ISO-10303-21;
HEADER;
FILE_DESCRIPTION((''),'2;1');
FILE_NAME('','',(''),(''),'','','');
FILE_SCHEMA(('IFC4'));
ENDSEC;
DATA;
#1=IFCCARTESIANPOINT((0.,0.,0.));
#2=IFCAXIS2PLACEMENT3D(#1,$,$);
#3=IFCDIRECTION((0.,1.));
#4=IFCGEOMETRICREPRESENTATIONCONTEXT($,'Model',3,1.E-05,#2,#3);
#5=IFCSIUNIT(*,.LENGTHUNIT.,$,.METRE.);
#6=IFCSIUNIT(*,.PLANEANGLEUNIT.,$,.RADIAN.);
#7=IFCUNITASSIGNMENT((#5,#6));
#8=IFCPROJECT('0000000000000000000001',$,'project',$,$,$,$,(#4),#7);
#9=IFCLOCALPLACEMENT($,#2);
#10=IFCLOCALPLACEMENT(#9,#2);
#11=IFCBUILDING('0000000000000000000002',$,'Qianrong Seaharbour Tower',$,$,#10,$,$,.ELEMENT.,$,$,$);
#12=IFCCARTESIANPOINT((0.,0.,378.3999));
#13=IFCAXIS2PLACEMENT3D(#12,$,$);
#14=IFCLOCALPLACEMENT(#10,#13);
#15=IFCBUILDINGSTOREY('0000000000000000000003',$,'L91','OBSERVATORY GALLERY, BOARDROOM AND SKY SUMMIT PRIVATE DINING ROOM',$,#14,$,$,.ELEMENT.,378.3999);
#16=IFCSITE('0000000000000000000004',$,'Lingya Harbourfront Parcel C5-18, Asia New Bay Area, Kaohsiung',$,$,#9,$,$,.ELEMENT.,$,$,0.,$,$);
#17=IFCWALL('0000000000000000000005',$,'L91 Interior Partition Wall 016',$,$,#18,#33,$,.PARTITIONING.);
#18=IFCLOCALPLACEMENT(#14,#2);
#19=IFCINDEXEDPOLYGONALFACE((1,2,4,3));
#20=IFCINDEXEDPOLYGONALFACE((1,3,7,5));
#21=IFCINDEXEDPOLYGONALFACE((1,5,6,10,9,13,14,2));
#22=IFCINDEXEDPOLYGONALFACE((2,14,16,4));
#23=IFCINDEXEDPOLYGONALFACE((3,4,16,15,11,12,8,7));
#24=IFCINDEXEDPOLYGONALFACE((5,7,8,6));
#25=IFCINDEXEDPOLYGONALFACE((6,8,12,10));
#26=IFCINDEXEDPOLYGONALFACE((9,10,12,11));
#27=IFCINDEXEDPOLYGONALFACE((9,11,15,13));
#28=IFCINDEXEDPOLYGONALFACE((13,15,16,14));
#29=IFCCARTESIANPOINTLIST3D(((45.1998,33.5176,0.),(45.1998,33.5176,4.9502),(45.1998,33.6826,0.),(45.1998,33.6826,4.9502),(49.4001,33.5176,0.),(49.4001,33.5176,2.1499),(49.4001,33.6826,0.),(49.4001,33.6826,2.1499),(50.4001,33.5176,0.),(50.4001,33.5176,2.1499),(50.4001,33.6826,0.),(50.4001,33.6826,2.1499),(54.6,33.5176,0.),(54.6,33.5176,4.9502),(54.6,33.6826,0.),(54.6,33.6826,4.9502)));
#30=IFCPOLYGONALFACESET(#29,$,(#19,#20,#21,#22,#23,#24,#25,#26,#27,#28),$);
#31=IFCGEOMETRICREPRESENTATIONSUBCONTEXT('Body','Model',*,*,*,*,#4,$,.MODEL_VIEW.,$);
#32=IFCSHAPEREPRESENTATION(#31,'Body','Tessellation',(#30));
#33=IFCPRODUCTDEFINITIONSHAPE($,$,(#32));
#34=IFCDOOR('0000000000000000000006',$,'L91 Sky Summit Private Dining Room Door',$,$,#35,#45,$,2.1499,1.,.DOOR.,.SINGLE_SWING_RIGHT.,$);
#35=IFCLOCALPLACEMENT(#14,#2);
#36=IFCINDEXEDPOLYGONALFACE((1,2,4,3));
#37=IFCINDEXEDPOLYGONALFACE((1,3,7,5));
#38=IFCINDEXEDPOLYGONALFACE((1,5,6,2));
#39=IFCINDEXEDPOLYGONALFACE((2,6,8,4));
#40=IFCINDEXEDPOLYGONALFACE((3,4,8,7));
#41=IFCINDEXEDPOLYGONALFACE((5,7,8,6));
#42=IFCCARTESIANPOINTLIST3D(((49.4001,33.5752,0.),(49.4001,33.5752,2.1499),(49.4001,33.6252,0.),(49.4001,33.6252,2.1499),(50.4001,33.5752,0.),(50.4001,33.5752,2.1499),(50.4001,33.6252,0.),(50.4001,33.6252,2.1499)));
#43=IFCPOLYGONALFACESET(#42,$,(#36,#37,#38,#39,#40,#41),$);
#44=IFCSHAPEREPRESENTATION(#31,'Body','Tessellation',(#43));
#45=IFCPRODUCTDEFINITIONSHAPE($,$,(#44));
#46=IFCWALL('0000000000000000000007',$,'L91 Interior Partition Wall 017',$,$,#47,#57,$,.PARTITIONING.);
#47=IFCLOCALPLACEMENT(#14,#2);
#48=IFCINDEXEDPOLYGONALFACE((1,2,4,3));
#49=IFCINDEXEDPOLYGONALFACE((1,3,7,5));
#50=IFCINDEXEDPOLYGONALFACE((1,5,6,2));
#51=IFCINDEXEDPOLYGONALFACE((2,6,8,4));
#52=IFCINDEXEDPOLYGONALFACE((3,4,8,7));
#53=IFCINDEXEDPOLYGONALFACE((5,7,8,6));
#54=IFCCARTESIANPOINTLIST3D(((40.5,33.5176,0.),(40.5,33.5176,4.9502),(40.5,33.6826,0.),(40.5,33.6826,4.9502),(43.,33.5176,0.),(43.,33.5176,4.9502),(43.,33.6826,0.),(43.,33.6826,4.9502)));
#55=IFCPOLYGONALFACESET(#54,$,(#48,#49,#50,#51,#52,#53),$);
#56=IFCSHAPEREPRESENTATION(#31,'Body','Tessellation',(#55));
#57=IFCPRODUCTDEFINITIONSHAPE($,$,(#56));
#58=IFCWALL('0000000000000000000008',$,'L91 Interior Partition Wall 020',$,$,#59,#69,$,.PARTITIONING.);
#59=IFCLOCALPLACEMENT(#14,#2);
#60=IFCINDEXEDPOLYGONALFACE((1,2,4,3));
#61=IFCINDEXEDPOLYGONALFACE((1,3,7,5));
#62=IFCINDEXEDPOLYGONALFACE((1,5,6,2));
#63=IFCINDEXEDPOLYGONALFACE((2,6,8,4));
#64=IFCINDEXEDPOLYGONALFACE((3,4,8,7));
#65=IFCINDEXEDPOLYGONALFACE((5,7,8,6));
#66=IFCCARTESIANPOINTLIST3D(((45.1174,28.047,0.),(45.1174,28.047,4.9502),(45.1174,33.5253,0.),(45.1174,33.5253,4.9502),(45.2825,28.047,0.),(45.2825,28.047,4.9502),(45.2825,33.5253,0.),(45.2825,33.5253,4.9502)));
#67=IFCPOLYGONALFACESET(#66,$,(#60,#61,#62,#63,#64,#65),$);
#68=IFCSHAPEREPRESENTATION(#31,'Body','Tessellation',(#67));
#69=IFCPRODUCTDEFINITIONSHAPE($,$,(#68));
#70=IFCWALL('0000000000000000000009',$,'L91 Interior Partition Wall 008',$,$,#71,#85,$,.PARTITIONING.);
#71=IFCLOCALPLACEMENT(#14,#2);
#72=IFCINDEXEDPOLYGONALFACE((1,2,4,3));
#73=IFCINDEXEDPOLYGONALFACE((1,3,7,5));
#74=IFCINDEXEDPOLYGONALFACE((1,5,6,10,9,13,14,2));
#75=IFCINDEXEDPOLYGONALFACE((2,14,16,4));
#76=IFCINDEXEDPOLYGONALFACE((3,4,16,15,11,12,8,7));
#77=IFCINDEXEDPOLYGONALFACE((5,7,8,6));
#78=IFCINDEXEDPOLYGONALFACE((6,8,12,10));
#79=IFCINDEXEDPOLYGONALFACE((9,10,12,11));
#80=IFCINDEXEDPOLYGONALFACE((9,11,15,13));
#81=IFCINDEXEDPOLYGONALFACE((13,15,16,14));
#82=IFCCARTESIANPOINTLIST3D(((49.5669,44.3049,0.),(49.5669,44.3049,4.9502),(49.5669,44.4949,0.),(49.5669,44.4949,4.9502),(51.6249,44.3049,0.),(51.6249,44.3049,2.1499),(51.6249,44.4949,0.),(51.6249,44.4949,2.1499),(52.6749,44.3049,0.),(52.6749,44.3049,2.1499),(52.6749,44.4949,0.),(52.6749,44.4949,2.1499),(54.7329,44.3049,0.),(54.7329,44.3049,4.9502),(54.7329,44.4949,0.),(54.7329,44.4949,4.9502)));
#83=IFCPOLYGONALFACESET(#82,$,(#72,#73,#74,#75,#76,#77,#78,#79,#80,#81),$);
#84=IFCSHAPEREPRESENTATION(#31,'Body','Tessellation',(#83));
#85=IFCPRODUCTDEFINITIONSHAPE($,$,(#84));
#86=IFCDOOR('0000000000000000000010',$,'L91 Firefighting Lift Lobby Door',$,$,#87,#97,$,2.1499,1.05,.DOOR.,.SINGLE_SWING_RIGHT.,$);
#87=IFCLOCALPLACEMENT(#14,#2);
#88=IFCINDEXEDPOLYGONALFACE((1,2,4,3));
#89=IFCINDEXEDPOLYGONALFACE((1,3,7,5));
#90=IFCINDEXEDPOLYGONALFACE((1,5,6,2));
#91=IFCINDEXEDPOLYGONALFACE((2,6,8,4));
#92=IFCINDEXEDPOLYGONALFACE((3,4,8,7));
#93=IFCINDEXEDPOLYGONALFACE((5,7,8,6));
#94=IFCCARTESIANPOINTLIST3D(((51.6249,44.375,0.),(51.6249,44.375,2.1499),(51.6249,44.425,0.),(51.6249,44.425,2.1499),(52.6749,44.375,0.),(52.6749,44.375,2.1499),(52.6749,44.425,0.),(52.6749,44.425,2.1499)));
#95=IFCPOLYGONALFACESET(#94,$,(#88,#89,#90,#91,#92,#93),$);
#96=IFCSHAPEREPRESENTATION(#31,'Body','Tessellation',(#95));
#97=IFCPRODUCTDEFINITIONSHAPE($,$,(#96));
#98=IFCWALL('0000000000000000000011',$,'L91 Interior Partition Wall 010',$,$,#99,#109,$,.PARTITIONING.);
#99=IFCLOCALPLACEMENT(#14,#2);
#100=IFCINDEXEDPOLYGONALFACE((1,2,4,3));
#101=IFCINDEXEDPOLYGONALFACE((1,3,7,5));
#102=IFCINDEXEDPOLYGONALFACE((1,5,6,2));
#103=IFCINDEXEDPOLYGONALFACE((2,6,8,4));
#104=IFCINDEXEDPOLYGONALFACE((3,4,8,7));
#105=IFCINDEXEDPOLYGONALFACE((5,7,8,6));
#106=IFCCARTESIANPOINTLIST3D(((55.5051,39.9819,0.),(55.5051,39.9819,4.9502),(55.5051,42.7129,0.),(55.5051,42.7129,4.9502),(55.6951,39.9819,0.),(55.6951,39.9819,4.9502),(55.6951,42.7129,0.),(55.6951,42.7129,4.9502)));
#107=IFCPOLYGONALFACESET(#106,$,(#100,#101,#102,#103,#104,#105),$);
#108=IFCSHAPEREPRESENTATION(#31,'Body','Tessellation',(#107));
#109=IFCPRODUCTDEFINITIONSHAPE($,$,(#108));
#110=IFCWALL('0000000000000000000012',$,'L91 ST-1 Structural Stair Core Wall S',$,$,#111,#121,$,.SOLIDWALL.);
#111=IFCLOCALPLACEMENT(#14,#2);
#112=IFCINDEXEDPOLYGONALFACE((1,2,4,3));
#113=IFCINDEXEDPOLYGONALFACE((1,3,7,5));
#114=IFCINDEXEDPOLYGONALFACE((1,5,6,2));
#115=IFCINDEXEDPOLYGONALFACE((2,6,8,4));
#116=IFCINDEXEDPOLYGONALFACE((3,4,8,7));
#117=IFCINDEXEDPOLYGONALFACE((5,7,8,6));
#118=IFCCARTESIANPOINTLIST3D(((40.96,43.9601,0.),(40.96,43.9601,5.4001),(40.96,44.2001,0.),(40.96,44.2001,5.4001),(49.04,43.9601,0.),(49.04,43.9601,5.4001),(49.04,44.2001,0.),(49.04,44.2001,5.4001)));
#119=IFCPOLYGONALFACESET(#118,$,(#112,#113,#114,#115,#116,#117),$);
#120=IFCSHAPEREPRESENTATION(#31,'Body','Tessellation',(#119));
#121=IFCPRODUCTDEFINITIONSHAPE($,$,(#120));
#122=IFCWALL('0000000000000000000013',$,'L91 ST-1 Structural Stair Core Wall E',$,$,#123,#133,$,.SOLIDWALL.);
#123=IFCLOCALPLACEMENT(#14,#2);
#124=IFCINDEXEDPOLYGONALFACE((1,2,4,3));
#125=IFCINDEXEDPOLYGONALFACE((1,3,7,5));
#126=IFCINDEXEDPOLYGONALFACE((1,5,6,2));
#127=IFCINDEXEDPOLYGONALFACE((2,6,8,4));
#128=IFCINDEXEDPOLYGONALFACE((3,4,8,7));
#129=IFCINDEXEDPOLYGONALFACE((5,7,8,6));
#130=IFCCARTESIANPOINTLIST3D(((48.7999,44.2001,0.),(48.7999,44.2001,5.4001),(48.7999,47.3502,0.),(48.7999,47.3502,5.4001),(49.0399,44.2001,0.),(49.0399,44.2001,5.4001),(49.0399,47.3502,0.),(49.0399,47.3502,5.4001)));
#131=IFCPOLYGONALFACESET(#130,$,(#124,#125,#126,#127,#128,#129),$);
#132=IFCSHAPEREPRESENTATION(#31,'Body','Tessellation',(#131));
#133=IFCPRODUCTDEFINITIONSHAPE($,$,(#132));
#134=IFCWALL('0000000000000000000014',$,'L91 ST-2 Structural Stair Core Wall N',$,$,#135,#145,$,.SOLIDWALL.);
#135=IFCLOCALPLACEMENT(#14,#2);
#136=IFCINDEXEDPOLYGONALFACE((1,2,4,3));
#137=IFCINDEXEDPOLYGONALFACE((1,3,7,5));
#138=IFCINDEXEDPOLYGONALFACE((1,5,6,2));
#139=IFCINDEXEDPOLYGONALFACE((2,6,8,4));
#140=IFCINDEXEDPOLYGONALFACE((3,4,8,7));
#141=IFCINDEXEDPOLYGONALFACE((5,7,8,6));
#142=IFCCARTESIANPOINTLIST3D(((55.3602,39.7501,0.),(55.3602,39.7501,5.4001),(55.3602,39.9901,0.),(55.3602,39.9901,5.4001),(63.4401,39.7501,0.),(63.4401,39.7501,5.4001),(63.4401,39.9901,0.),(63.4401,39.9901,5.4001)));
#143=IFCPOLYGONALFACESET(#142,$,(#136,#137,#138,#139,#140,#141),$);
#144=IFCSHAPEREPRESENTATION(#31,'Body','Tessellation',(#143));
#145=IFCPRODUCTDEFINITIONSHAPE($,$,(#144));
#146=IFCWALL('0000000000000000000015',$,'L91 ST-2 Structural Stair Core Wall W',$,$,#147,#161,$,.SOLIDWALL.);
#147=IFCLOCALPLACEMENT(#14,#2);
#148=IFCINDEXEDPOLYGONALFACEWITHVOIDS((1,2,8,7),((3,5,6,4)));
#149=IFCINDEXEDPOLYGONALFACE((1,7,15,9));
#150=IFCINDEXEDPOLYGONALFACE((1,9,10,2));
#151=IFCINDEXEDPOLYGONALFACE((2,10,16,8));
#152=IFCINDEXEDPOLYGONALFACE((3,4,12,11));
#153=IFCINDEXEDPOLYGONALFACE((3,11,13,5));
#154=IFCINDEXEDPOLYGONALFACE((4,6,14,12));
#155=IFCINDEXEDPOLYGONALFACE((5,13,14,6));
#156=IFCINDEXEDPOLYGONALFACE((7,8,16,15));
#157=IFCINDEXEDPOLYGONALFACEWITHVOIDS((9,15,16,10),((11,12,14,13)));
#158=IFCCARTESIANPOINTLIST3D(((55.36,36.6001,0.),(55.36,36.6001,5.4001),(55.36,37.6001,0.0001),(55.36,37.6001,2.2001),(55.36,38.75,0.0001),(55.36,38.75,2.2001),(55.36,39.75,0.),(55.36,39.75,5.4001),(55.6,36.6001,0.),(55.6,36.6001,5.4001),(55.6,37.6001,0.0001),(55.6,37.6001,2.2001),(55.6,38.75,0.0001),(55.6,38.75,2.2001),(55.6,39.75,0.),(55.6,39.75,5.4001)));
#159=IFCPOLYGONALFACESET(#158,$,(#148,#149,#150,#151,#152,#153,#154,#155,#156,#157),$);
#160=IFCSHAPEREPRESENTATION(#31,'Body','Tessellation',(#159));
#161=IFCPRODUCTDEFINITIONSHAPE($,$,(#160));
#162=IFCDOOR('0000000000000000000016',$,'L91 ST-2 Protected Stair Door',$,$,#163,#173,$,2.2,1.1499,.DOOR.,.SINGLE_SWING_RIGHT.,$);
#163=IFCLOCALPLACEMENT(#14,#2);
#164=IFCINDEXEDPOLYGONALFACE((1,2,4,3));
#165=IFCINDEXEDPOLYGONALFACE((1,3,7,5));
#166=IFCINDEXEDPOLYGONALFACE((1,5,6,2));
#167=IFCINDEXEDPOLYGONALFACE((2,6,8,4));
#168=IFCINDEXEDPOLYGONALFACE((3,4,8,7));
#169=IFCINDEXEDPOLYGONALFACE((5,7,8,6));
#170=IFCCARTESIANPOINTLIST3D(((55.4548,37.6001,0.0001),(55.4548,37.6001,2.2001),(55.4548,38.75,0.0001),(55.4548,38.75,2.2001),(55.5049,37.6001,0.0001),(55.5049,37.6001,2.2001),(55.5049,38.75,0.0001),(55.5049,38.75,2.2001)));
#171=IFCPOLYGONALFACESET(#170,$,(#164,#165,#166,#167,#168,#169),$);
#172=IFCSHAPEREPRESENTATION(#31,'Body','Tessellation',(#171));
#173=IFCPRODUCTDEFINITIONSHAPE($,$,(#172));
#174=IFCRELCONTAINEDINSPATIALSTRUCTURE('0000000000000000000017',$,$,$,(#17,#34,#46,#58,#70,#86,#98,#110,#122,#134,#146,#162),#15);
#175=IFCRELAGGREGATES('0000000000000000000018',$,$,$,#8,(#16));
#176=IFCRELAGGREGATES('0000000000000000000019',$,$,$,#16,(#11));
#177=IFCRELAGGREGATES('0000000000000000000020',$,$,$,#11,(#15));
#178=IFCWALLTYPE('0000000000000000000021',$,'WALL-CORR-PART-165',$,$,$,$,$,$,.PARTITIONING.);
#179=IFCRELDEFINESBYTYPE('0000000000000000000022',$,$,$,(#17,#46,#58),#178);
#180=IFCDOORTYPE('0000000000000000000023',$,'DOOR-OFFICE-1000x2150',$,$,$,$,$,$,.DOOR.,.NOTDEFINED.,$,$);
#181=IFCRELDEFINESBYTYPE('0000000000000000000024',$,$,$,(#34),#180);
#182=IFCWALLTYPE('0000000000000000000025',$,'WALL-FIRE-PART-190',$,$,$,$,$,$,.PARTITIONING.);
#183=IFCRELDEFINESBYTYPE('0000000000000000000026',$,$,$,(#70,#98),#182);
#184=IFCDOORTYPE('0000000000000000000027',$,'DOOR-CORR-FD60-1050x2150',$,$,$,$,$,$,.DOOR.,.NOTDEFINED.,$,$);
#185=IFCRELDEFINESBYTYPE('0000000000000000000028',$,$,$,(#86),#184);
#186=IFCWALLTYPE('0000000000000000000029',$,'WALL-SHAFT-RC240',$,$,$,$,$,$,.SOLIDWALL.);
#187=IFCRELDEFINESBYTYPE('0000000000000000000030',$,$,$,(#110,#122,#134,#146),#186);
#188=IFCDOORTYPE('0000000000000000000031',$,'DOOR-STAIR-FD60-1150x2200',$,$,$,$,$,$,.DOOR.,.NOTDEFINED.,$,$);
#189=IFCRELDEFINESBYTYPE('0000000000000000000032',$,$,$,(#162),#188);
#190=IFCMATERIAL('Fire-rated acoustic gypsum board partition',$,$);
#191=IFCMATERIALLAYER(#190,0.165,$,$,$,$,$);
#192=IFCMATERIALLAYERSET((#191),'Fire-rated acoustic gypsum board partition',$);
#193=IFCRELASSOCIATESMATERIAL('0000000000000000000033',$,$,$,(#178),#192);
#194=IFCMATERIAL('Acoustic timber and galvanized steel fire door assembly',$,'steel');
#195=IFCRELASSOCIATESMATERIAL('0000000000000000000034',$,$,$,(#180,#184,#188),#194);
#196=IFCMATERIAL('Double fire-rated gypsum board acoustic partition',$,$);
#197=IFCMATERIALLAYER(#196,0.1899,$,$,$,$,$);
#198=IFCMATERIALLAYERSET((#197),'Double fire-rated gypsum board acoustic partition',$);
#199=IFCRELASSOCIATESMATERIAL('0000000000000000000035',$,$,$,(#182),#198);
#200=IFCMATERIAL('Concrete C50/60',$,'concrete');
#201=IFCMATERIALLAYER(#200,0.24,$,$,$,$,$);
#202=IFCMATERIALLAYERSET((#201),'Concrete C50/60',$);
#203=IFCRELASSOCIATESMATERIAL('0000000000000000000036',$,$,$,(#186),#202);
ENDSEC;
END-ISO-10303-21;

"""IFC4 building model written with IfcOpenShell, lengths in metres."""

from ifc_helpers import new_model, si_unit, direction, frame, frame_2d, origin, place, context, subcontext, project, spatial, rectangle, extrude, material, layer, layer_set, type_object, element, fill, save


model = new_model("IFC4")

# Units and contexts
model_context = context("Model", 3, precision=1e-05, world=origin(), true_north=direction((0.0, 1.0)))
body_context = subcontext(model_context, "Body", "Model", "MODEL_VIEW")
ifc_project = project(units=[si_unit("LENGTHUNIT", "METRE"), si_unit("PLANEANGLEUNIT", "RADIAN")], contexts=[model_context])

# Site, building, storey
site_placement = place(None, origin())
site = spatial("IfcSite", under=ifc_project, at=site_placement, Name="Lingya Harbourfront Parcel C5-18, Asia New Bay Area, Kaohsiung", CompositionType="ELEMENT", RefElevation=0.0)
building_placement = place(site_placement, origin())
building = spatial("IfcBuilding", under=site, at=building_placement, Name="Qianrong Seaharbour Tower", CompositionType="ELEMENT")
storey_placement = place(building_placement, frame((0.0, 0.0, 378.3999)))
storey = spatial("IfcBuildingStorey", under=building, at=storey_placement, Name="L91", Description="OBSERVATORY GALLERY, BOARDROOM AND SKY SUMMIT PRIVATE DINING ROOM", CompositionType="ELEMENT", Elevation=378.3999)

# Shared definitions
ifc_material_1 = material(Name="Concrete C50/60", Category="concrete")

# Wall, opening, door
ifc_material_2 = material(Name="Fire-rated acoustic gypsum board partition")
ifc_layer_1 = layer(ifc_material_2, 0.165)
ifc_layer_set_1 = layer_set([ifc_layer_1], Name="Fire-rated acoustic gypsum board partition")
wall_type_1 = type_object("IfcWallType", Name="WALL-CORR-PART-165", PredefinedType="PARTITIONING", material=ifc_layer_set_1)
ifc_material_3 = material(Name="Acoustic timber and galvanized steel fire door assembly", Category="steel")
door_type_1 = type_object("IfcDoorType", Name="DOOR-OFFICE-1000x2150", OperationType="NOTDEFINED", PredefinedType="DOOR", material=ifc_material_3)
wall_1_placement = place(storey_placement, frame((54.6001, 33.6001, 0.0), z_axis=(0.0, 0.0, 1.0), x_axis=(-1.0, 0.0, 0.0)))
wall_1 = element("IfcWall", 1, at=wall_1_placement, inside=storey, type_object=wall_type_1, Name="L91 Interior Partition Wall 016", PredefinedType="PARTITIONING", context=body_context, shape_type="SweptSolid", body=[
    extrude(rectangle(XDim=9.4001, YDim=0.165, at=frame_2d((4.7002, 0.0))), origin(), (0.0, 0.0, 1.0), 4.9502),
])
opening_1_placement = place(wall_1_placement, frame((4.2, 0.0, 0.0)))
opening_1 = element("IfcOpeningElement", 2, at=opening_1_placement, cuts=wall_1, PredefinedType="OPENING", context=body_context, shape_type="SweptSolid", body=[
    extrude(rectangle(XDim=1.0, YDim=2.1499, at=frame_2d((0.5, 1.075))), frame((0.0, 0.0925, 0.0), z_axis=(0.0, -1.0, 0.0), x_axis=(1.0, 0.0, 0.0)), (0.0, 0.0, 1.0), 0.1851),
])
door_1_placement = place(opening_1_placement, origin())
door_1 = element("IfcDoor", 3, at=door_1_placement, inside=storey, type_object=door_type_1, Name="L91 Sky Summit Private Dining Room Door", OperationType="SINGLE_SWING_RIGHT", OverallHeight=2.1499, OverallWidth=1.0, PredefinedType="DOOR", context=body_context, shape_type="SweptSolid", body=[
    extrude(rectangle(XDim=1.0, YDim=2.1499, at=frame_2d((0.5, 1.075))), frame((0.0, 0.0249, 0.0), z_axis=(0.0, -1.0, 0.0), x_axis=(1.0, 0.0, 0.0)), (0.0, 0.0, 1.0), 0.05),
])
fill(opening_1, door_1)

# Walls
wall_2_placement = place(storey_placement, frame((43.0, 33.6001, 0.0), z_axis=(0.0, 0.0, 1.0), x_axis=(-1.0, 0.0, 0.0)))
element("IfcWall", 4, at=wall_2_placement, inside=storey, type_object=wall_type_1, Name="L91 Interior Partition Wall 017", PredefinedType="PARTITIONING", context=body_context, shape_type="SweptSolid", body=[
    extrude(rectangle(XDim=2.5, YDim=0.165, at=frame_2d((1.25, 0.0))), origin(), (0.0, 0.0, 1.0), 4.9502),
])
wall_3_placement = place(storey_placement, frame((45.2, 33.5254, 0.0), z_axis=(0.0, 0.0, 1.0), x_axis=(0.0, -1.0, 0.0)))
element("IfcWall", 5, at=wall_3_placement, inside=storey, type_object=wall_type_1, Name="L91 Interior Partition Wall 020", PredefinedType="PARTITIONING", context=body_context, shape_type="SweptSolid", body=[
    extrude(rectangle(XDim=5.4783, YDim=0.165, at=frame_2d((2.7393, 0.0))), origin(), (0.0, 0.0, 1.0), 4.9502),
])

# Wall, opening, door
ifc_material_4 = material(Name="Double fire-rated gypsum board acoustic partition")
ifc_layer_2 = layer(ifc_material_4, 0.1899)
ifc_layer_set_2 = layer_set([ifc_layer_2], Name="Double fire-rated gypsum board acoustic partition")
wall_type_2 = type_object("IfcWallType", Name="WALL-FIRE-PART-190", PredefinedType="PARTITIONING", material=ifc_layer_set_2)
wall_4_placement = place(storey_placement, frame((54.7329, 44.3999, 0.0), z_axis=(0.0, 0.0, 1.0), x_axis=(-1.0, 0.0, 0.0)))
wall_4 = element("IfcWall", 6, at=wall_4_placement, inside=storey, type_object=wall_type_2, Name="L91 Interior Partition Wall 008", PredefinedType="PARTITIONING", context=body_context, shape_type="SweptSolid", body=[
    extrude(rectangle(XDim=5.166, YDim=0.1899, at=frame_2d((2.583, 0.0))), origin(), (0.0, 0.0, 1.0), 4.9502),
])
opening_2_placement = place(wall_4_placement, frame((2.0581, 0.0, 0.0)))
opening_2 = element("IfcOpeningElement", 7, at=opening_2_placement, cuts=wall_4, PredefinedType="OPENING", context=body_context, shape_type="SweptSolid", body=[
    extrude(rectangle(XDim=1.05, YDim=2.1499, at=frame_2d((0.5249, 1.075))), frame((0.0, 0.105, 0.0), z_axis=(0.0, -1.0, 0.0), x_axis=(1.0, 0.0, 0.0)), (0.0, 0.0, 1.0), 0.21),
])
door_type_2 = type_object("IfcDoorType", Name="DOOR-CORR-FD60-1050x2150", OperationType="NOTDEFINED", PredefinedType="DOOR", material=ifc_material_3)
door_2_placement = place(opening_2_placement, origin())
door_2 = element("IfcDoor", 8, at=door_2_placement, inside=storey, type_object=door_type_2, Name="L91 Firefighting Lift Lobby Door", OperationType="SINGLE_SWING_RIGHT", OverallHeight=2.1499, OverallWidth=1.05, PredefinedType="DOOR", context=body_context, shape_type="SweptSolid", body=[
    extrude(rectangle(XDim=1.05, YDim=2.1499, at=frame_2d((0.5249, 1.075))), frame((0.0, 0.0249, 0.0), z_axis=(0.0, -1.0, 0.0), x_axis=(1.0, 0.0, 0.0)), (0.0, 0.0, 1.0), 0.05),
])
fill(opening_2, door_2)

# Walls
wall_5_placement = place(storey_placement, frame((55.6001, 42.7129, 0.0), z_axis=(0.0, 0.0, 1.0), x_axis=(0.0, -1.0, 0.0)))
element("IfcWall", 9, at=wall_5_placement, inside=storey, type_object=wall_type_2, Name="L91 Interior Partition Wall 010", PredefinedType="PARTITIONING", context=body_context, shape_type="SweptSolid", body=[
    extrude(rectangle(XDim=2.731, YDim=0.1899, at=frame_2d((1.3655, 0.0))), origin(), (0.0, 0.0, 1.0), 4.9502),
])
ifc_layer_3 = layer(ifc_material_1, 0.24)
ifc_layer_set_3 = layer_set([ifc_layer_3], Name="Concrete C50/60")
wall_type_3 = type_object("IfcWallType", Name="WALL-SHAFT-RC240", PredefinedType="SOLIDWALL", material=ifc_layer_set_3)
wall_6_placement = place(storey_placement, frame((49.04, 44.0801, 0.0), z_axis=(0.0, 0.0, 1.0), x_axis=(-1.0, 0.0, 0.0)))
element("IfcWall", 10, at=wall_6_placement, inside=storey, type_object=wall_type_3, Name="L91 ST-1 Structural Stair Core Wall S", PredefinedType="SOLIDWALL", context=body_context, shape_type="SweptSolid", body=[
    extrude(rectangle(XDim=8.0801, YDim=0.24, at=frame_2d((4.04, 0.0))), origin(), (0.0, 0.0, 1.0), 5.4001),
])
wall_7_placement = place(storey_placement, frame((48.9199, 44.2, 0.0), z_axis=(0.0, 0.0, 1.0), x_axis=(0.0, 1.0, 0.0)))
element("IfcWall", 11, at=wall_7_placement, inside=storey, type_object=wall_type_3, Name="L91 ST-1 Structural Stair Core Wall E", PredefinedType="SOLIDWALL", context=body_context, shape_type="SweptSolid", body=[
    extrude(rectangle(XDim=3.1501, YDim=0.24, at=frame_2d((1.5752, 0.0))), origin(), (0.0, 0.0, 1.0), 5.4001),
])
wall_8_placement = place(storey_placement, frame((55.3601, 39.8701, 0.0), z_axis=(0.0, 0.0, 1.0), x_axis=(1.0, 0.0, 0.0)))
element("IfcWall", 12, at=wall_8_placement, inside=storey, type_object=wall_type_3, Name="L91 ST-2 Structural Stair Core Wall N", PredefinedType="SOLIDWALL", context=body_context, shape_type="SweptSolid", body=[
    extrude(rectangle(XDim=8.0798, YDim=0.24, at=frame_2d((4.04, 0.0))), origin(), (0.0, 0.0, 1.0), 5.4001),
])

# Wall, opening, door
wall_9_placement = place(storey_placement, frame((55.48, 39.75, 0.0), z_axis=(0.0, 0.0, 1.0), x_axis=(0.0, -1.0, 0.0)))
wall_9 = element("IfcWall", 13, at=wall_9_placement, inside=storey, type_object=wall_type_3, Name="L91 ST-2 Structural Stair Core Wall W", PredefinedType="SOLIDWALL", context=body_context, shape_type="SweptSolid", body=[
    extrude(rectangle(XDim=3.1499, YDim=0.24, at=frame_2d((1.575, 0.0))), origin(), (0.0, 0.0, 1.0), 5.4001),
])
opening_3_placement = place(wall_9_placement, frame((1.0, 0.0, 0.0)))
opening_3 = element("IfcOpeningElement", 14, at=opening_3_placement, cuts=wall_9, PredefinedType="OPENING", context=body_context, shape_type="SweptSolid", body=[
    extrude(rectangle(XDim=1.1499, YDim=2.2, at=frame_2d((0.575, 1.1001))), frame((0.0, 0.1299, 0.0), z_axis=(0.0, -1.0, 0.0), x_axis=(1.0, 0.0, 0.0)), (0.0, 0.0, 1.0), 0.26),
])
door_type_3 = type_object("IfcDoorType", Name="DOOR-STAIR-FD60-1150x2200", OperationType="NOTDEFINED", PredefinedType="DOOR", material=ifc_material_3)
door_3_placement = place(opening_3_placement, origin())
door_3 = element("IfcDoor", 15, at=door_3_placement, inside=storey, type_object=door_type_3, Name="L91 ST-2 Protected Stair Door", OperationType="SINGLE_SWING_RIGHT", OverallHeight=2.2, OverallWidth=1.1499, PredefinedType="DOOR", context=body_context, shape_type="SweptSolid", body=[
    extrude(rectangle(XDim=1.1499, YDim=2.2, at=frame_2d((0.575, 1.1001))), frame((0.0, 0.0249, 0.0), z_axis=(0.0, -1.0, 0.0), x_axis=(1.0, 0.0, 0.0)), (0.0, 0.0, 1.0), 0.05),
])
fill(opening_3, door_3)

save(model, "model.ifc")
